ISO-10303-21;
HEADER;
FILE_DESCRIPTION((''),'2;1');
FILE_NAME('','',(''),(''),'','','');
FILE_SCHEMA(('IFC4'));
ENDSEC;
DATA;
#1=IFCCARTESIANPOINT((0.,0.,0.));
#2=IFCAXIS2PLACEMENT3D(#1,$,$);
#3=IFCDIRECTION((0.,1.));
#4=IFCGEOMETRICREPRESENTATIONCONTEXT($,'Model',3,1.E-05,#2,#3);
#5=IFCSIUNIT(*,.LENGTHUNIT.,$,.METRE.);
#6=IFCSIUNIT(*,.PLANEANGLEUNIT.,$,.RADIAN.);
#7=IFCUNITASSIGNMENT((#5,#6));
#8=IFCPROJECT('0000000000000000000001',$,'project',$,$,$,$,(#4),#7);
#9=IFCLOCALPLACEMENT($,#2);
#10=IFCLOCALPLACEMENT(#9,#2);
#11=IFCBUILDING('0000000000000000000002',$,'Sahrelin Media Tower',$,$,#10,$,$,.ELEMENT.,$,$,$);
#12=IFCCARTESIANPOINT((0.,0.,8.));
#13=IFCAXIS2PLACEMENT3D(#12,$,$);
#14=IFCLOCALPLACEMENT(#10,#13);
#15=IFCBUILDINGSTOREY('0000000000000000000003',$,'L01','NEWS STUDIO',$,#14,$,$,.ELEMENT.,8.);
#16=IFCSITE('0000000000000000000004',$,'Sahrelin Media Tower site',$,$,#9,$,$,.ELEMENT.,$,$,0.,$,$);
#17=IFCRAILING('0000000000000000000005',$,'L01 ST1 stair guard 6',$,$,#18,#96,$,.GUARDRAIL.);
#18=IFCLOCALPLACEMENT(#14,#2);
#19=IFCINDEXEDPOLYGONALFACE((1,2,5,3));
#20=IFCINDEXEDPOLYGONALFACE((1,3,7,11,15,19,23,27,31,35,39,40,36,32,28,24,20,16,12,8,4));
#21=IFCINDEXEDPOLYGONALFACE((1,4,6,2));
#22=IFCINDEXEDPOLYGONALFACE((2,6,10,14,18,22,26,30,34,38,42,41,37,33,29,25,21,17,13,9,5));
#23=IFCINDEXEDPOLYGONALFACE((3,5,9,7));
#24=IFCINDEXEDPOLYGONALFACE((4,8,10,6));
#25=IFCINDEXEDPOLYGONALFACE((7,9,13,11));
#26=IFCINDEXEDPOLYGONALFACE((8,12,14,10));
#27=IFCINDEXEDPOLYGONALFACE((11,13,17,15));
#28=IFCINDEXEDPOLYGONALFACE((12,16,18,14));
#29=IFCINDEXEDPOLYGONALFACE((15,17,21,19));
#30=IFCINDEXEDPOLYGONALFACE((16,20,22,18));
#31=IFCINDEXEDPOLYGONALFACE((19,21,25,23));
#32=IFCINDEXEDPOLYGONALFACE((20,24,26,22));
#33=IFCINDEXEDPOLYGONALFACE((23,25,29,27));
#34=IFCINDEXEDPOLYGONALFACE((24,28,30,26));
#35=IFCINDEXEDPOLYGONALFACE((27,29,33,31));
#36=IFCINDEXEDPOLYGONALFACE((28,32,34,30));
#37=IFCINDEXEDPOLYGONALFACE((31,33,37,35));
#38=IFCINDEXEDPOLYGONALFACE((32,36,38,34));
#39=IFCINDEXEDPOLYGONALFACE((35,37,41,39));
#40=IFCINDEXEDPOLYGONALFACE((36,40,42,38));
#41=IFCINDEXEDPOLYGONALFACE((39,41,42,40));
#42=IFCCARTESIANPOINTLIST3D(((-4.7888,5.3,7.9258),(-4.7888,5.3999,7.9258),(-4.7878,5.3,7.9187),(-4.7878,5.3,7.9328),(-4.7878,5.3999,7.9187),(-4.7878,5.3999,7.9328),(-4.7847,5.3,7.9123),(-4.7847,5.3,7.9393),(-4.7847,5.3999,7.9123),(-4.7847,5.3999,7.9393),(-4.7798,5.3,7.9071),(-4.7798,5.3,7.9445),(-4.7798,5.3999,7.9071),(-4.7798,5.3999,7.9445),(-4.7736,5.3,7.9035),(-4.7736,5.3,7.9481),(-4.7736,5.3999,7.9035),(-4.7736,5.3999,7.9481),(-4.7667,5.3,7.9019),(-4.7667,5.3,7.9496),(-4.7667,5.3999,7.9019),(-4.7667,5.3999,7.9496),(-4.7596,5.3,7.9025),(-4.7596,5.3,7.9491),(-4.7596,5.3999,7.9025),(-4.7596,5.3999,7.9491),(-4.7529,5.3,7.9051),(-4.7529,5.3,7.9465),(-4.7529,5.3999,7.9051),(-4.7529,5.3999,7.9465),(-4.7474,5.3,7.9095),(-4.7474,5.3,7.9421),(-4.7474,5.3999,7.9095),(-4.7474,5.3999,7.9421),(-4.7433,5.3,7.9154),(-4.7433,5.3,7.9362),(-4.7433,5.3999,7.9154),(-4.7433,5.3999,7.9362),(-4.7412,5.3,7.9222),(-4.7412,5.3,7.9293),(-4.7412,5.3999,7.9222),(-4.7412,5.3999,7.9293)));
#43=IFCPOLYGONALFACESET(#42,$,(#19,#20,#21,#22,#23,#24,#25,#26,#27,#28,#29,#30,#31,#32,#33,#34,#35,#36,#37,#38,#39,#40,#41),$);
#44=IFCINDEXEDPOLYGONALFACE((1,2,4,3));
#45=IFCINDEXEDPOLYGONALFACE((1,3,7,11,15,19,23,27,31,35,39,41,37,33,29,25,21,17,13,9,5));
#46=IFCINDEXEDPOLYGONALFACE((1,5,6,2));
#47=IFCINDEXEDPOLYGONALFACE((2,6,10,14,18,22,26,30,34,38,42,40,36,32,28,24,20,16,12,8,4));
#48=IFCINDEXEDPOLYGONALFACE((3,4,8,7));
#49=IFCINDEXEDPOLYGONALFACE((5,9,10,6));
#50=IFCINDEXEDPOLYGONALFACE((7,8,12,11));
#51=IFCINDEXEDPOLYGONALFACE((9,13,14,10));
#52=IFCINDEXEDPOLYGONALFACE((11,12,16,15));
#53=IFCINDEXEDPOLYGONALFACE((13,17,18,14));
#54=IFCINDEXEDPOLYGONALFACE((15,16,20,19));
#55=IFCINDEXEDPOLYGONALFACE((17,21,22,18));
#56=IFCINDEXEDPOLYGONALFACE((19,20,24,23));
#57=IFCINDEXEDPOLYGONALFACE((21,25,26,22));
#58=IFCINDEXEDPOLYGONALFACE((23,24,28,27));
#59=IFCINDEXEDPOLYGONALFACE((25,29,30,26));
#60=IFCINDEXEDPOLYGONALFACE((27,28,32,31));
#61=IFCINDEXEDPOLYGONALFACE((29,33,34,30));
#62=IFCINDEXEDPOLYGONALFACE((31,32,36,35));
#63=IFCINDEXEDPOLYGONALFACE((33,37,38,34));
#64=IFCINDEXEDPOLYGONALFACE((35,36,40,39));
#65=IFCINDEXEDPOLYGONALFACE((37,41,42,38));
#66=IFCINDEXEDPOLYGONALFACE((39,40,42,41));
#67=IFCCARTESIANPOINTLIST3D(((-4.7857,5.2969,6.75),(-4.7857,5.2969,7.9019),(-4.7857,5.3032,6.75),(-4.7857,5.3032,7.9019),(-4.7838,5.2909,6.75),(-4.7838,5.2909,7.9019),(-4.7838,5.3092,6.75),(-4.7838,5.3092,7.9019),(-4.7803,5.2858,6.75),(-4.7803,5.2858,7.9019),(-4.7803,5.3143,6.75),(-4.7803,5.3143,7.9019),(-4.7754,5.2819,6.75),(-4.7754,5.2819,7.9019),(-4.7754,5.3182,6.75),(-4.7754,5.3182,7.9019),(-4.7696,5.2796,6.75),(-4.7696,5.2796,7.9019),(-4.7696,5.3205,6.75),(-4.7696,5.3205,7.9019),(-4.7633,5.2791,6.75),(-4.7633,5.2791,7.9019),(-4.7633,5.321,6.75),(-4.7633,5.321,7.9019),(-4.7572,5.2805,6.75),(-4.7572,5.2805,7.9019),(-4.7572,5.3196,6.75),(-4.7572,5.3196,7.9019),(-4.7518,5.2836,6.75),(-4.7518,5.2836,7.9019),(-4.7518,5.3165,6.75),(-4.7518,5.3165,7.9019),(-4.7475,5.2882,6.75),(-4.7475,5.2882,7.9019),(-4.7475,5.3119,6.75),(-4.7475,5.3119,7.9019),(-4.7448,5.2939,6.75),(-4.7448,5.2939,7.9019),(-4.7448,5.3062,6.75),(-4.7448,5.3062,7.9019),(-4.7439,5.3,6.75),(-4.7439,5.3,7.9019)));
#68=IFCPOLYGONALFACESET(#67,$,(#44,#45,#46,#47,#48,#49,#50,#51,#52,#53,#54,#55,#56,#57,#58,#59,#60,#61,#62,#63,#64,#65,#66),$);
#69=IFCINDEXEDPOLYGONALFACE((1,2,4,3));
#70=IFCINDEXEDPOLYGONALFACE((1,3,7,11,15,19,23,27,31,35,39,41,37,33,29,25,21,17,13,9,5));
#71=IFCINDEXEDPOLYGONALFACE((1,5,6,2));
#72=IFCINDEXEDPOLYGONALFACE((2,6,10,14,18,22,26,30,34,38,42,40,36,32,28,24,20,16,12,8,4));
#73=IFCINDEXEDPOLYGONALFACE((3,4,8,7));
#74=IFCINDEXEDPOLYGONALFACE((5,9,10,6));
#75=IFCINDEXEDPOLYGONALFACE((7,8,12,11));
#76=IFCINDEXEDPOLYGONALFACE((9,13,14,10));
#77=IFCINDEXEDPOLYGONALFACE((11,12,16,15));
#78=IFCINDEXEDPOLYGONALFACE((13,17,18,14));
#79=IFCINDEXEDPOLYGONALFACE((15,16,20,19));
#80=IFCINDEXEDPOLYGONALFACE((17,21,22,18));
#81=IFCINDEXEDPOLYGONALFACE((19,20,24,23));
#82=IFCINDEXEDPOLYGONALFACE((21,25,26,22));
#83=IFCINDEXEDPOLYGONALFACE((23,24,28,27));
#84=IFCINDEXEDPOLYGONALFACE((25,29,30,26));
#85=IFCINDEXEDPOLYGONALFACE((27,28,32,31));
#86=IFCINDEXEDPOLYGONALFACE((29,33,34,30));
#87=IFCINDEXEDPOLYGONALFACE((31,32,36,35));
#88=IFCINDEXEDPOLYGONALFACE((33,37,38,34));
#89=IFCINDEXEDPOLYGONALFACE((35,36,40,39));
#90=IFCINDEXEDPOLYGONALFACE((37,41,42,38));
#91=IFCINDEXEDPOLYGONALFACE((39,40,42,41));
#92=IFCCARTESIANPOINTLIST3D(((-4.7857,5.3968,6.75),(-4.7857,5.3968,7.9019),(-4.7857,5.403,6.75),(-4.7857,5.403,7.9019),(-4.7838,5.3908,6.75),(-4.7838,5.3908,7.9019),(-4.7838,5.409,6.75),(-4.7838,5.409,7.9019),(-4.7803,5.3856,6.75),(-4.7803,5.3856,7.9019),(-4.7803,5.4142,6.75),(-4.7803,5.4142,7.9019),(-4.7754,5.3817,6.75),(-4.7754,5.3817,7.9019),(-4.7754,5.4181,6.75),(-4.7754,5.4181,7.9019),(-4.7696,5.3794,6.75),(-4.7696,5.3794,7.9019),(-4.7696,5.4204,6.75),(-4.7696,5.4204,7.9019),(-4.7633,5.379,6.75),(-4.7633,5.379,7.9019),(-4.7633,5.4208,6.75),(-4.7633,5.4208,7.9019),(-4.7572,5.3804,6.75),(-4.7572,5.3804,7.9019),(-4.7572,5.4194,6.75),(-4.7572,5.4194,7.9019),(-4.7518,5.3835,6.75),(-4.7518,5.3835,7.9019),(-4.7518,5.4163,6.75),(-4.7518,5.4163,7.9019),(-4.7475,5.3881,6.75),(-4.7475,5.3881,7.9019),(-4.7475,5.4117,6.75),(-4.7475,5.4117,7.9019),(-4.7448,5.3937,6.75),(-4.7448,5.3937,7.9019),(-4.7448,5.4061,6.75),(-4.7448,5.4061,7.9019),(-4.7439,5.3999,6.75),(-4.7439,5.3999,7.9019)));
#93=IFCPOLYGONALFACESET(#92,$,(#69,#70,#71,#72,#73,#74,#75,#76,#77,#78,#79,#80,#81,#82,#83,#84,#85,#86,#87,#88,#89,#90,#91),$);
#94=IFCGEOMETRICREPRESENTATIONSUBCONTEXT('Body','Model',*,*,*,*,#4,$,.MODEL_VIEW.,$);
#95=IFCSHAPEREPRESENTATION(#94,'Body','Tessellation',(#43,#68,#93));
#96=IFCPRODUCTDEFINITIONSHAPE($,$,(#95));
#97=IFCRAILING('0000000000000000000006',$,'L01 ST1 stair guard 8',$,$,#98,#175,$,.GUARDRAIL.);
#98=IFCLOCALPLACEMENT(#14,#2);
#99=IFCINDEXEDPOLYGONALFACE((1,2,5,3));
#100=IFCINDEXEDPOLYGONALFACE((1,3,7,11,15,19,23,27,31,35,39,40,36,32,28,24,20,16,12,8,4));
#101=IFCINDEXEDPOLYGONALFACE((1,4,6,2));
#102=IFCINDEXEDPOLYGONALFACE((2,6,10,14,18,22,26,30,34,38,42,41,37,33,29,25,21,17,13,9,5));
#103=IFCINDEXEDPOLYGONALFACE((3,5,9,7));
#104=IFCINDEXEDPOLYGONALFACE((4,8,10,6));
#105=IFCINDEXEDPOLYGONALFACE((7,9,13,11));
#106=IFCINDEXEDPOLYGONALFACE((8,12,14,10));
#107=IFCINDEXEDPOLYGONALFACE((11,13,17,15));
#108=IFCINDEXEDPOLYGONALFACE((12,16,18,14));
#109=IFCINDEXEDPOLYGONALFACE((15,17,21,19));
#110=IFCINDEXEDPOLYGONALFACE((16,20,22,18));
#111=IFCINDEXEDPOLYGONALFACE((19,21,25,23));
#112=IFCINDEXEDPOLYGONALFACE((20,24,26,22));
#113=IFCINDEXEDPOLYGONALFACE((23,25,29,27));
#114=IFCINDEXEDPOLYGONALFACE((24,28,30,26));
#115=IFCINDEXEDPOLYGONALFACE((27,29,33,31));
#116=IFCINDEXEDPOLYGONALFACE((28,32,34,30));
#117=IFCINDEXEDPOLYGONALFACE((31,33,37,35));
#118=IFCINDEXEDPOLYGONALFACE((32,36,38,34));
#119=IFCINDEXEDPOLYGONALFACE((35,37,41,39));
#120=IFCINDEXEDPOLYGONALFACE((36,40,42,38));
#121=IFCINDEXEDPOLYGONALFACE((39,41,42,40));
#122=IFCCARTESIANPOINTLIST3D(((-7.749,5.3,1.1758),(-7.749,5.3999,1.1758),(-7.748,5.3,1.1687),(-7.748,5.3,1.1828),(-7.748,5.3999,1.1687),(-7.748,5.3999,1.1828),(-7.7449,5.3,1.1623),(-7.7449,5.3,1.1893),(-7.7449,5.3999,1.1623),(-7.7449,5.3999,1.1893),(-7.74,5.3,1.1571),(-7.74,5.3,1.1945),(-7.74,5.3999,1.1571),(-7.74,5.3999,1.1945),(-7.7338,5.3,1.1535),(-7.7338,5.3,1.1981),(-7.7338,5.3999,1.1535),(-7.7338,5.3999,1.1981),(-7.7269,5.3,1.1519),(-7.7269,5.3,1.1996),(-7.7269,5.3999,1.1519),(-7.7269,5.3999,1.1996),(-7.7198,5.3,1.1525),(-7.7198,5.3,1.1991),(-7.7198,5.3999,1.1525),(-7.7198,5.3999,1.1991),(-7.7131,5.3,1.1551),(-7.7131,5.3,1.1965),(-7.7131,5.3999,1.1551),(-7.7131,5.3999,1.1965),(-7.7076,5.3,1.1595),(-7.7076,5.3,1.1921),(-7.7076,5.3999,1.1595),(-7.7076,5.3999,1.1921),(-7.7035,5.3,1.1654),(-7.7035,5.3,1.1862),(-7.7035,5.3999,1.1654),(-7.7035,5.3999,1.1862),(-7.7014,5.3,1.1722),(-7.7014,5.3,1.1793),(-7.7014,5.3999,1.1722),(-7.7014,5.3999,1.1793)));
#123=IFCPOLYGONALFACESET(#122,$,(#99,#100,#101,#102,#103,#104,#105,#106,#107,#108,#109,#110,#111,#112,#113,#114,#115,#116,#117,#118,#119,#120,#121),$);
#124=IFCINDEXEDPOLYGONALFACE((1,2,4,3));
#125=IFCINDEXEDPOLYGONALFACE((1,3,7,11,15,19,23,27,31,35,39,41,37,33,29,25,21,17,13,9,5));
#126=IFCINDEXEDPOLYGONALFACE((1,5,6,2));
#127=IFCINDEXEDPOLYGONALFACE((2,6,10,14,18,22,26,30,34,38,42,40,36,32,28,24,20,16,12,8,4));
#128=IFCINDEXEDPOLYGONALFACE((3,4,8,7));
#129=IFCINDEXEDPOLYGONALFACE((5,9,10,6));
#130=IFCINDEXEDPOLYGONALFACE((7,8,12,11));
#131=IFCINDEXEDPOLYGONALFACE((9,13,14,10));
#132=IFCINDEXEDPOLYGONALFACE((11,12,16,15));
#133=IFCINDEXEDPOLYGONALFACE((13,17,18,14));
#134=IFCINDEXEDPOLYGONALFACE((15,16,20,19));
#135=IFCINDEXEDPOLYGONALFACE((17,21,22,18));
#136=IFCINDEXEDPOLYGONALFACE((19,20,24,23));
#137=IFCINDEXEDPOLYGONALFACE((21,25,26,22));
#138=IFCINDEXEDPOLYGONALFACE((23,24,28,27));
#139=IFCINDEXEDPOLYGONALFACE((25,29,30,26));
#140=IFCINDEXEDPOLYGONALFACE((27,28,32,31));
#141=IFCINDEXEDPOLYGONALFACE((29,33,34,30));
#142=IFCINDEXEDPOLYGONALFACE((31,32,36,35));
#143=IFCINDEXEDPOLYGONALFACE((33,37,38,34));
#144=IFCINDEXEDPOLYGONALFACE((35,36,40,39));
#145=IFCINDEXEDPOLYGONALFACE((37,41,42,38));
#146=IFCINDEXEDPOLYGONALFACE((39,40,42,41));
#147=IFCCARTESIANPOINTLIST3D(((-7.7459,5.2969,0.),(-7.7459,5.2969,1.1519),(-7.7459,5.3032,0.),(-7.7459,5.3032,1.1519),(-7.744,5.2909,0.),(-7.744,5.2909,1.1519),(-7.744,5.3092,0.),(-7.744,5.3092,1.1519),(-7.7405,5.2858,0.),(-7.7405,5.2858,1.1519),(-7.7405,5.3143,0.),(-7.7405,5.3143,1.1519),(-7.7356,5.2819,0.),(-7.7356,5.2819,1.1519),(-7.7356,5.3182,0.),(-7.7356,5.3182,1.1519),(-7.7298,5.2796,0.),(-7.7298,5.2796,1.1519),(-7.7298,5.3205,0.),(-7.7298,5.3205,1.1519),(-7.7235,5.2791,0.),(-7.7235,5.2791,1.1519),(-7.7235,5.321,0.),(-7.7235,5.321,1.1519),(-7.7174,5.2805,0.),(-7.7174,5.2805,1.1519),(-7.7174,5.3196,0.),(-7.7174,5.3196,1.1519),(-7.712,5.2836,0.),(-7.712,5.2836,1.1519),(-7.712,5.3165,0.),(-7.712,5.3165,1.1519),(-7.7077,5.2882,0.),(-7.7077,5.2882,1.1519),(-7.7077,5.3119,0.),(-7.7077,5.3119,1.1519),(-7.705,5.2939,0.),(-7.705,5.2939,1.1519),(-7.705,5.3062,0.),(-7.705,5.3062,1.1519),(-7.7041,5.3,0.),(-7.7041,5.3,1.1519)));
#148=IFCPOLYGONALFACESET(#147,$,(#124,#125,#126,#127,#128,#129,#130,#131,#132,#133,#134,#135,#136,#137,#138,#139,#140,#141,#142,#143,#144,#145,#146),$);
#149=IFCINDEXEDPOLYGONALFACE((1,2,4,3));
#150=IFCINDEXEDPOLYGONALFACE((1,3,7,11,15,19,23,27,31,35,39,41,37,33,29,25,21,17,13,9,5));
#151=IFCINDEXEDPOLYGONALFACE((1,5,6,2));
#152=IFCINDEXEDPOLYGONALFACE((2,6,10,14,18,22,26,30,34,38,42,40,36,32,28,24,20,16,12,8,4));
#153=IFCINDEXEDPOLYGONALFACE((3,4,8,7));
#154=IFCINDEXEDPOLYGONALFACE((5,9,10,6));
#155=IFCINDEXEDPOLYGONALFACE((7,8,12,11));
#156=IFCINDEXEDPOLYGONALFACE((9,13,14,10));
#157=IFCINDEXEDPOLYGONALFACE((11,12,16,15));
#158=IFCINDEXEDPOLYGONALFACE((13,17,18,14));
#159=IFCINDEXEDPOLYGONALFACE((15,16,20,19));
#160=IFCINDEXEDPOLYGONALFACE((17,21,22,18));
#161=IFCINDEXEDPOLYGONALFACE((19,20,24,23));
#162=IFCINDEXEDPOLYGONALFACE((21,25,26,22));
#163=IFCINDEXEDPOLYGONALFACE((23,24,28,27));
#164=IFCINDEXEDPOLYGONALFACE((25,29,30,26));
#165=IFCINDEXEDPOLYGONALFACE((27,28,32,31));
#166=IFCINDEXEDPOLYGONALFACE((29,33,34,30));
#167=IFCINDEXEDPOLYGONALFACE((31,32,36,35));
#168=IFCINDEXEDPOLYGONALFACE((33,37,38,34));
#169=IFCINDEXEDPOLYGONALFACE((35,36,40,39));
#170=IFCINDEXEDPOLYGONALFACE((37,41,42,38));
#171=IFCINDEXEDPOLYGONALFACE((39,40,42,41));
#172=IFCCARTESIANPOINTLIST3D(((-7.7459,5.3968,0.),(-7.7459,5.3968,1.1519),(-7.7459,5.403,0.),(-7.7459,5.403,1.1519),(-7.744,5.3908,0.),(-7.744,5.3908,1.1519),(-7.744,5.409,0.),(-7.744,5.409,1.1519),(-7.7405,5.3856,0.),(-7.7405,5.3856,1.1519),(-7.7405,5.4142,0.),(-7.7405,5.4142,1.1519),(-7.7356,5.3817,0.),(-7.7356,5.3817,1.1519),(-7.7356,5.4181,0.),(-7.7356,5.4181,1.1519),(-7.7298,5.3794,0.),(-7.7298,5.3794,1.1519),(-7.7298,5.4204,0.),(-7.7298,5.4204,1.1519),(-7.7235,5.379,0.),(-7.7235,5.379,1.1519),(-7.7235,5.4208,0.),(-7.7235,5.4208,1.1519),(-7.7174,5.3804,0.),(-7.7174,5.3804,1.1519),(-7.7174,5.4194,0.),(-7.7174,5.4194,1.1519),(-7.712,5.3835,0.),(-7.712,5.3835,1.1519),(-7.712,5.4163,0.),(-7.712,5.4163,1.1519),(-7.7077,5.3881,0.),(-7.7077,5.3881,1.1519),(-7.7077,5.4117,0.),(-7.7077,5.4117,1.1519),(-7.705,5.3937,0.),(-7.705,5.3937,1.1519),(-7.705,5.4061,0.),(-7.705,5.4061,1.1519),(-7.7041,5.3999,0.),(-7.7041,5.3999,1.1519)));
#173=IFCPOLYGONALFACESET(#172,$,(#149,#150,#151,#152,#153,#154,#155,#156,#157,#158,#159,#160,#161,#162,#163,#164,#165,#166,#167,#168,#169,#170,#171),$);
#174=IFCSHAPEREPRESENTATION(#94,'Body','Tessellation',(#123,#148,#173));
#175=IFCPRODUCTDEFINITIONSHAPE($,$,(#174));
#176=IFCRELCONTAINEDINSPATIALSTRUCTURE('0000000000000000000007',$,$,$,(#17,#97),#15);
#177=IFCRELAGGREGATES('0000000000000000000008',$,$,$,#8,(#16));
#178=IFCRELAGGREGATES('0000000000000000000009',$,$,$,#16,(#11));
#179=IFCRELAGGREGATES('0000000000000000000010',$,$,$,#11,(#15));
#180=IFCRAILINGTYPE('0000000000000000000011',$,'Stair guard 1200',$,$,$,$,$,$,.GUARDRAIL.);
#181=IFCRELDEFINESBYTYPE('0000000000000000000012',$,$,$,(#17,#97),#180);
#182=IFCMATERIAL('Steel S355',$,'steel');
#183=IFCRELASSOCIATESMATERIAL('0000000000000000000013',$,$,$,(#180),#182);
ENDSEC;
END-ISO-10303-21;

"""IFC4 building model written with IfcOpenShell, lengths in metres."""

from ifc_helpers import new_model, si_unit, direction, frame, origin, origin_2d, place, context, subcontext, project, spatial, circle, extrude, material, type_object, element, save


model = new_model("IFC4")

# Units and contexts
model_context = context("Model", 3, precision=1e-05, world=origin(), true_north=direction((0.0, 1.0)))
body_context = subcontext(model_context, "Body", "Model", "MODEL_VIEW")
ifc_project = project(units=[si_unit("LENGTHUNIT", "METRE"), si_unit("PLANEANGLEUNIT", "RADIAN")], contexts=[model_context])

# Site, building, storey
site_placement = place(None, origin())
site = spatial("IfcSite", under=ifc_project, at=site_placement, Name="Sahrelin Media Tower site", CompositionType="ELEMENT", RefElevation=0.0)
building_placement = place(site_placement, origin())
building = spatial("IfcBuilding", under=site, at=building_placement, Name="Sahrelin Media Tower", CompositionType="ELEMENT")
storey_placement = place(building_placement, frame((0.0, 0.0, 8.0)))
storey = spatial("IfcBuildingStorey", under=building, at=storey_placement, Name="L01", Description="NEWS STUDIO", CompositionType="ELEMENT", Elevation=8.0)

# Railings
ifc_material_1 = material(Name="Steel S355", Category="steel")
railing_type_1 = type_object("IfcRailingType", Name="Stair guard 1200", PredefinedType="GUARDRAIL", material=ifc_material_1)
for number, where, name in (
    (1, (-4.7649, 5.3, 6.75), "L01 ST1 stair guard 6"),
    (2, (-7.7251, 5.3, 0.0), "L01 ST1 stair guard 8"),
):
    element("IfcRailing", number, at=place(storey_placement, frame(where)), inside=storey, type_object=railing_type_1, Name=name, PredefinedType="GUARDRAIL", context=body_context, shape_type="SweptSolid", body=[
        extrude(circle(Radius=0.0239, at=origin_2d()), frame((0.0, 0.0, 1.1758), z_axis=(0.0, 1.0, 0.0), x_axis=(-1.0, 0.0, 0.0)), (0.0, 0.0, 1.0), 0.0999),
        extrude(circle(Radius=0.021, at=origin_2d()), origin(), (0.0, 0.0, 1.0), 1.1519),
        extrude(circle(Radius=0.021, at=origin_2d()), frame((0.0, 0.0999, 0.0)), (0.0, 0.0, 1.0), 1.1519),
    ])

save(model, "model.ifc")
